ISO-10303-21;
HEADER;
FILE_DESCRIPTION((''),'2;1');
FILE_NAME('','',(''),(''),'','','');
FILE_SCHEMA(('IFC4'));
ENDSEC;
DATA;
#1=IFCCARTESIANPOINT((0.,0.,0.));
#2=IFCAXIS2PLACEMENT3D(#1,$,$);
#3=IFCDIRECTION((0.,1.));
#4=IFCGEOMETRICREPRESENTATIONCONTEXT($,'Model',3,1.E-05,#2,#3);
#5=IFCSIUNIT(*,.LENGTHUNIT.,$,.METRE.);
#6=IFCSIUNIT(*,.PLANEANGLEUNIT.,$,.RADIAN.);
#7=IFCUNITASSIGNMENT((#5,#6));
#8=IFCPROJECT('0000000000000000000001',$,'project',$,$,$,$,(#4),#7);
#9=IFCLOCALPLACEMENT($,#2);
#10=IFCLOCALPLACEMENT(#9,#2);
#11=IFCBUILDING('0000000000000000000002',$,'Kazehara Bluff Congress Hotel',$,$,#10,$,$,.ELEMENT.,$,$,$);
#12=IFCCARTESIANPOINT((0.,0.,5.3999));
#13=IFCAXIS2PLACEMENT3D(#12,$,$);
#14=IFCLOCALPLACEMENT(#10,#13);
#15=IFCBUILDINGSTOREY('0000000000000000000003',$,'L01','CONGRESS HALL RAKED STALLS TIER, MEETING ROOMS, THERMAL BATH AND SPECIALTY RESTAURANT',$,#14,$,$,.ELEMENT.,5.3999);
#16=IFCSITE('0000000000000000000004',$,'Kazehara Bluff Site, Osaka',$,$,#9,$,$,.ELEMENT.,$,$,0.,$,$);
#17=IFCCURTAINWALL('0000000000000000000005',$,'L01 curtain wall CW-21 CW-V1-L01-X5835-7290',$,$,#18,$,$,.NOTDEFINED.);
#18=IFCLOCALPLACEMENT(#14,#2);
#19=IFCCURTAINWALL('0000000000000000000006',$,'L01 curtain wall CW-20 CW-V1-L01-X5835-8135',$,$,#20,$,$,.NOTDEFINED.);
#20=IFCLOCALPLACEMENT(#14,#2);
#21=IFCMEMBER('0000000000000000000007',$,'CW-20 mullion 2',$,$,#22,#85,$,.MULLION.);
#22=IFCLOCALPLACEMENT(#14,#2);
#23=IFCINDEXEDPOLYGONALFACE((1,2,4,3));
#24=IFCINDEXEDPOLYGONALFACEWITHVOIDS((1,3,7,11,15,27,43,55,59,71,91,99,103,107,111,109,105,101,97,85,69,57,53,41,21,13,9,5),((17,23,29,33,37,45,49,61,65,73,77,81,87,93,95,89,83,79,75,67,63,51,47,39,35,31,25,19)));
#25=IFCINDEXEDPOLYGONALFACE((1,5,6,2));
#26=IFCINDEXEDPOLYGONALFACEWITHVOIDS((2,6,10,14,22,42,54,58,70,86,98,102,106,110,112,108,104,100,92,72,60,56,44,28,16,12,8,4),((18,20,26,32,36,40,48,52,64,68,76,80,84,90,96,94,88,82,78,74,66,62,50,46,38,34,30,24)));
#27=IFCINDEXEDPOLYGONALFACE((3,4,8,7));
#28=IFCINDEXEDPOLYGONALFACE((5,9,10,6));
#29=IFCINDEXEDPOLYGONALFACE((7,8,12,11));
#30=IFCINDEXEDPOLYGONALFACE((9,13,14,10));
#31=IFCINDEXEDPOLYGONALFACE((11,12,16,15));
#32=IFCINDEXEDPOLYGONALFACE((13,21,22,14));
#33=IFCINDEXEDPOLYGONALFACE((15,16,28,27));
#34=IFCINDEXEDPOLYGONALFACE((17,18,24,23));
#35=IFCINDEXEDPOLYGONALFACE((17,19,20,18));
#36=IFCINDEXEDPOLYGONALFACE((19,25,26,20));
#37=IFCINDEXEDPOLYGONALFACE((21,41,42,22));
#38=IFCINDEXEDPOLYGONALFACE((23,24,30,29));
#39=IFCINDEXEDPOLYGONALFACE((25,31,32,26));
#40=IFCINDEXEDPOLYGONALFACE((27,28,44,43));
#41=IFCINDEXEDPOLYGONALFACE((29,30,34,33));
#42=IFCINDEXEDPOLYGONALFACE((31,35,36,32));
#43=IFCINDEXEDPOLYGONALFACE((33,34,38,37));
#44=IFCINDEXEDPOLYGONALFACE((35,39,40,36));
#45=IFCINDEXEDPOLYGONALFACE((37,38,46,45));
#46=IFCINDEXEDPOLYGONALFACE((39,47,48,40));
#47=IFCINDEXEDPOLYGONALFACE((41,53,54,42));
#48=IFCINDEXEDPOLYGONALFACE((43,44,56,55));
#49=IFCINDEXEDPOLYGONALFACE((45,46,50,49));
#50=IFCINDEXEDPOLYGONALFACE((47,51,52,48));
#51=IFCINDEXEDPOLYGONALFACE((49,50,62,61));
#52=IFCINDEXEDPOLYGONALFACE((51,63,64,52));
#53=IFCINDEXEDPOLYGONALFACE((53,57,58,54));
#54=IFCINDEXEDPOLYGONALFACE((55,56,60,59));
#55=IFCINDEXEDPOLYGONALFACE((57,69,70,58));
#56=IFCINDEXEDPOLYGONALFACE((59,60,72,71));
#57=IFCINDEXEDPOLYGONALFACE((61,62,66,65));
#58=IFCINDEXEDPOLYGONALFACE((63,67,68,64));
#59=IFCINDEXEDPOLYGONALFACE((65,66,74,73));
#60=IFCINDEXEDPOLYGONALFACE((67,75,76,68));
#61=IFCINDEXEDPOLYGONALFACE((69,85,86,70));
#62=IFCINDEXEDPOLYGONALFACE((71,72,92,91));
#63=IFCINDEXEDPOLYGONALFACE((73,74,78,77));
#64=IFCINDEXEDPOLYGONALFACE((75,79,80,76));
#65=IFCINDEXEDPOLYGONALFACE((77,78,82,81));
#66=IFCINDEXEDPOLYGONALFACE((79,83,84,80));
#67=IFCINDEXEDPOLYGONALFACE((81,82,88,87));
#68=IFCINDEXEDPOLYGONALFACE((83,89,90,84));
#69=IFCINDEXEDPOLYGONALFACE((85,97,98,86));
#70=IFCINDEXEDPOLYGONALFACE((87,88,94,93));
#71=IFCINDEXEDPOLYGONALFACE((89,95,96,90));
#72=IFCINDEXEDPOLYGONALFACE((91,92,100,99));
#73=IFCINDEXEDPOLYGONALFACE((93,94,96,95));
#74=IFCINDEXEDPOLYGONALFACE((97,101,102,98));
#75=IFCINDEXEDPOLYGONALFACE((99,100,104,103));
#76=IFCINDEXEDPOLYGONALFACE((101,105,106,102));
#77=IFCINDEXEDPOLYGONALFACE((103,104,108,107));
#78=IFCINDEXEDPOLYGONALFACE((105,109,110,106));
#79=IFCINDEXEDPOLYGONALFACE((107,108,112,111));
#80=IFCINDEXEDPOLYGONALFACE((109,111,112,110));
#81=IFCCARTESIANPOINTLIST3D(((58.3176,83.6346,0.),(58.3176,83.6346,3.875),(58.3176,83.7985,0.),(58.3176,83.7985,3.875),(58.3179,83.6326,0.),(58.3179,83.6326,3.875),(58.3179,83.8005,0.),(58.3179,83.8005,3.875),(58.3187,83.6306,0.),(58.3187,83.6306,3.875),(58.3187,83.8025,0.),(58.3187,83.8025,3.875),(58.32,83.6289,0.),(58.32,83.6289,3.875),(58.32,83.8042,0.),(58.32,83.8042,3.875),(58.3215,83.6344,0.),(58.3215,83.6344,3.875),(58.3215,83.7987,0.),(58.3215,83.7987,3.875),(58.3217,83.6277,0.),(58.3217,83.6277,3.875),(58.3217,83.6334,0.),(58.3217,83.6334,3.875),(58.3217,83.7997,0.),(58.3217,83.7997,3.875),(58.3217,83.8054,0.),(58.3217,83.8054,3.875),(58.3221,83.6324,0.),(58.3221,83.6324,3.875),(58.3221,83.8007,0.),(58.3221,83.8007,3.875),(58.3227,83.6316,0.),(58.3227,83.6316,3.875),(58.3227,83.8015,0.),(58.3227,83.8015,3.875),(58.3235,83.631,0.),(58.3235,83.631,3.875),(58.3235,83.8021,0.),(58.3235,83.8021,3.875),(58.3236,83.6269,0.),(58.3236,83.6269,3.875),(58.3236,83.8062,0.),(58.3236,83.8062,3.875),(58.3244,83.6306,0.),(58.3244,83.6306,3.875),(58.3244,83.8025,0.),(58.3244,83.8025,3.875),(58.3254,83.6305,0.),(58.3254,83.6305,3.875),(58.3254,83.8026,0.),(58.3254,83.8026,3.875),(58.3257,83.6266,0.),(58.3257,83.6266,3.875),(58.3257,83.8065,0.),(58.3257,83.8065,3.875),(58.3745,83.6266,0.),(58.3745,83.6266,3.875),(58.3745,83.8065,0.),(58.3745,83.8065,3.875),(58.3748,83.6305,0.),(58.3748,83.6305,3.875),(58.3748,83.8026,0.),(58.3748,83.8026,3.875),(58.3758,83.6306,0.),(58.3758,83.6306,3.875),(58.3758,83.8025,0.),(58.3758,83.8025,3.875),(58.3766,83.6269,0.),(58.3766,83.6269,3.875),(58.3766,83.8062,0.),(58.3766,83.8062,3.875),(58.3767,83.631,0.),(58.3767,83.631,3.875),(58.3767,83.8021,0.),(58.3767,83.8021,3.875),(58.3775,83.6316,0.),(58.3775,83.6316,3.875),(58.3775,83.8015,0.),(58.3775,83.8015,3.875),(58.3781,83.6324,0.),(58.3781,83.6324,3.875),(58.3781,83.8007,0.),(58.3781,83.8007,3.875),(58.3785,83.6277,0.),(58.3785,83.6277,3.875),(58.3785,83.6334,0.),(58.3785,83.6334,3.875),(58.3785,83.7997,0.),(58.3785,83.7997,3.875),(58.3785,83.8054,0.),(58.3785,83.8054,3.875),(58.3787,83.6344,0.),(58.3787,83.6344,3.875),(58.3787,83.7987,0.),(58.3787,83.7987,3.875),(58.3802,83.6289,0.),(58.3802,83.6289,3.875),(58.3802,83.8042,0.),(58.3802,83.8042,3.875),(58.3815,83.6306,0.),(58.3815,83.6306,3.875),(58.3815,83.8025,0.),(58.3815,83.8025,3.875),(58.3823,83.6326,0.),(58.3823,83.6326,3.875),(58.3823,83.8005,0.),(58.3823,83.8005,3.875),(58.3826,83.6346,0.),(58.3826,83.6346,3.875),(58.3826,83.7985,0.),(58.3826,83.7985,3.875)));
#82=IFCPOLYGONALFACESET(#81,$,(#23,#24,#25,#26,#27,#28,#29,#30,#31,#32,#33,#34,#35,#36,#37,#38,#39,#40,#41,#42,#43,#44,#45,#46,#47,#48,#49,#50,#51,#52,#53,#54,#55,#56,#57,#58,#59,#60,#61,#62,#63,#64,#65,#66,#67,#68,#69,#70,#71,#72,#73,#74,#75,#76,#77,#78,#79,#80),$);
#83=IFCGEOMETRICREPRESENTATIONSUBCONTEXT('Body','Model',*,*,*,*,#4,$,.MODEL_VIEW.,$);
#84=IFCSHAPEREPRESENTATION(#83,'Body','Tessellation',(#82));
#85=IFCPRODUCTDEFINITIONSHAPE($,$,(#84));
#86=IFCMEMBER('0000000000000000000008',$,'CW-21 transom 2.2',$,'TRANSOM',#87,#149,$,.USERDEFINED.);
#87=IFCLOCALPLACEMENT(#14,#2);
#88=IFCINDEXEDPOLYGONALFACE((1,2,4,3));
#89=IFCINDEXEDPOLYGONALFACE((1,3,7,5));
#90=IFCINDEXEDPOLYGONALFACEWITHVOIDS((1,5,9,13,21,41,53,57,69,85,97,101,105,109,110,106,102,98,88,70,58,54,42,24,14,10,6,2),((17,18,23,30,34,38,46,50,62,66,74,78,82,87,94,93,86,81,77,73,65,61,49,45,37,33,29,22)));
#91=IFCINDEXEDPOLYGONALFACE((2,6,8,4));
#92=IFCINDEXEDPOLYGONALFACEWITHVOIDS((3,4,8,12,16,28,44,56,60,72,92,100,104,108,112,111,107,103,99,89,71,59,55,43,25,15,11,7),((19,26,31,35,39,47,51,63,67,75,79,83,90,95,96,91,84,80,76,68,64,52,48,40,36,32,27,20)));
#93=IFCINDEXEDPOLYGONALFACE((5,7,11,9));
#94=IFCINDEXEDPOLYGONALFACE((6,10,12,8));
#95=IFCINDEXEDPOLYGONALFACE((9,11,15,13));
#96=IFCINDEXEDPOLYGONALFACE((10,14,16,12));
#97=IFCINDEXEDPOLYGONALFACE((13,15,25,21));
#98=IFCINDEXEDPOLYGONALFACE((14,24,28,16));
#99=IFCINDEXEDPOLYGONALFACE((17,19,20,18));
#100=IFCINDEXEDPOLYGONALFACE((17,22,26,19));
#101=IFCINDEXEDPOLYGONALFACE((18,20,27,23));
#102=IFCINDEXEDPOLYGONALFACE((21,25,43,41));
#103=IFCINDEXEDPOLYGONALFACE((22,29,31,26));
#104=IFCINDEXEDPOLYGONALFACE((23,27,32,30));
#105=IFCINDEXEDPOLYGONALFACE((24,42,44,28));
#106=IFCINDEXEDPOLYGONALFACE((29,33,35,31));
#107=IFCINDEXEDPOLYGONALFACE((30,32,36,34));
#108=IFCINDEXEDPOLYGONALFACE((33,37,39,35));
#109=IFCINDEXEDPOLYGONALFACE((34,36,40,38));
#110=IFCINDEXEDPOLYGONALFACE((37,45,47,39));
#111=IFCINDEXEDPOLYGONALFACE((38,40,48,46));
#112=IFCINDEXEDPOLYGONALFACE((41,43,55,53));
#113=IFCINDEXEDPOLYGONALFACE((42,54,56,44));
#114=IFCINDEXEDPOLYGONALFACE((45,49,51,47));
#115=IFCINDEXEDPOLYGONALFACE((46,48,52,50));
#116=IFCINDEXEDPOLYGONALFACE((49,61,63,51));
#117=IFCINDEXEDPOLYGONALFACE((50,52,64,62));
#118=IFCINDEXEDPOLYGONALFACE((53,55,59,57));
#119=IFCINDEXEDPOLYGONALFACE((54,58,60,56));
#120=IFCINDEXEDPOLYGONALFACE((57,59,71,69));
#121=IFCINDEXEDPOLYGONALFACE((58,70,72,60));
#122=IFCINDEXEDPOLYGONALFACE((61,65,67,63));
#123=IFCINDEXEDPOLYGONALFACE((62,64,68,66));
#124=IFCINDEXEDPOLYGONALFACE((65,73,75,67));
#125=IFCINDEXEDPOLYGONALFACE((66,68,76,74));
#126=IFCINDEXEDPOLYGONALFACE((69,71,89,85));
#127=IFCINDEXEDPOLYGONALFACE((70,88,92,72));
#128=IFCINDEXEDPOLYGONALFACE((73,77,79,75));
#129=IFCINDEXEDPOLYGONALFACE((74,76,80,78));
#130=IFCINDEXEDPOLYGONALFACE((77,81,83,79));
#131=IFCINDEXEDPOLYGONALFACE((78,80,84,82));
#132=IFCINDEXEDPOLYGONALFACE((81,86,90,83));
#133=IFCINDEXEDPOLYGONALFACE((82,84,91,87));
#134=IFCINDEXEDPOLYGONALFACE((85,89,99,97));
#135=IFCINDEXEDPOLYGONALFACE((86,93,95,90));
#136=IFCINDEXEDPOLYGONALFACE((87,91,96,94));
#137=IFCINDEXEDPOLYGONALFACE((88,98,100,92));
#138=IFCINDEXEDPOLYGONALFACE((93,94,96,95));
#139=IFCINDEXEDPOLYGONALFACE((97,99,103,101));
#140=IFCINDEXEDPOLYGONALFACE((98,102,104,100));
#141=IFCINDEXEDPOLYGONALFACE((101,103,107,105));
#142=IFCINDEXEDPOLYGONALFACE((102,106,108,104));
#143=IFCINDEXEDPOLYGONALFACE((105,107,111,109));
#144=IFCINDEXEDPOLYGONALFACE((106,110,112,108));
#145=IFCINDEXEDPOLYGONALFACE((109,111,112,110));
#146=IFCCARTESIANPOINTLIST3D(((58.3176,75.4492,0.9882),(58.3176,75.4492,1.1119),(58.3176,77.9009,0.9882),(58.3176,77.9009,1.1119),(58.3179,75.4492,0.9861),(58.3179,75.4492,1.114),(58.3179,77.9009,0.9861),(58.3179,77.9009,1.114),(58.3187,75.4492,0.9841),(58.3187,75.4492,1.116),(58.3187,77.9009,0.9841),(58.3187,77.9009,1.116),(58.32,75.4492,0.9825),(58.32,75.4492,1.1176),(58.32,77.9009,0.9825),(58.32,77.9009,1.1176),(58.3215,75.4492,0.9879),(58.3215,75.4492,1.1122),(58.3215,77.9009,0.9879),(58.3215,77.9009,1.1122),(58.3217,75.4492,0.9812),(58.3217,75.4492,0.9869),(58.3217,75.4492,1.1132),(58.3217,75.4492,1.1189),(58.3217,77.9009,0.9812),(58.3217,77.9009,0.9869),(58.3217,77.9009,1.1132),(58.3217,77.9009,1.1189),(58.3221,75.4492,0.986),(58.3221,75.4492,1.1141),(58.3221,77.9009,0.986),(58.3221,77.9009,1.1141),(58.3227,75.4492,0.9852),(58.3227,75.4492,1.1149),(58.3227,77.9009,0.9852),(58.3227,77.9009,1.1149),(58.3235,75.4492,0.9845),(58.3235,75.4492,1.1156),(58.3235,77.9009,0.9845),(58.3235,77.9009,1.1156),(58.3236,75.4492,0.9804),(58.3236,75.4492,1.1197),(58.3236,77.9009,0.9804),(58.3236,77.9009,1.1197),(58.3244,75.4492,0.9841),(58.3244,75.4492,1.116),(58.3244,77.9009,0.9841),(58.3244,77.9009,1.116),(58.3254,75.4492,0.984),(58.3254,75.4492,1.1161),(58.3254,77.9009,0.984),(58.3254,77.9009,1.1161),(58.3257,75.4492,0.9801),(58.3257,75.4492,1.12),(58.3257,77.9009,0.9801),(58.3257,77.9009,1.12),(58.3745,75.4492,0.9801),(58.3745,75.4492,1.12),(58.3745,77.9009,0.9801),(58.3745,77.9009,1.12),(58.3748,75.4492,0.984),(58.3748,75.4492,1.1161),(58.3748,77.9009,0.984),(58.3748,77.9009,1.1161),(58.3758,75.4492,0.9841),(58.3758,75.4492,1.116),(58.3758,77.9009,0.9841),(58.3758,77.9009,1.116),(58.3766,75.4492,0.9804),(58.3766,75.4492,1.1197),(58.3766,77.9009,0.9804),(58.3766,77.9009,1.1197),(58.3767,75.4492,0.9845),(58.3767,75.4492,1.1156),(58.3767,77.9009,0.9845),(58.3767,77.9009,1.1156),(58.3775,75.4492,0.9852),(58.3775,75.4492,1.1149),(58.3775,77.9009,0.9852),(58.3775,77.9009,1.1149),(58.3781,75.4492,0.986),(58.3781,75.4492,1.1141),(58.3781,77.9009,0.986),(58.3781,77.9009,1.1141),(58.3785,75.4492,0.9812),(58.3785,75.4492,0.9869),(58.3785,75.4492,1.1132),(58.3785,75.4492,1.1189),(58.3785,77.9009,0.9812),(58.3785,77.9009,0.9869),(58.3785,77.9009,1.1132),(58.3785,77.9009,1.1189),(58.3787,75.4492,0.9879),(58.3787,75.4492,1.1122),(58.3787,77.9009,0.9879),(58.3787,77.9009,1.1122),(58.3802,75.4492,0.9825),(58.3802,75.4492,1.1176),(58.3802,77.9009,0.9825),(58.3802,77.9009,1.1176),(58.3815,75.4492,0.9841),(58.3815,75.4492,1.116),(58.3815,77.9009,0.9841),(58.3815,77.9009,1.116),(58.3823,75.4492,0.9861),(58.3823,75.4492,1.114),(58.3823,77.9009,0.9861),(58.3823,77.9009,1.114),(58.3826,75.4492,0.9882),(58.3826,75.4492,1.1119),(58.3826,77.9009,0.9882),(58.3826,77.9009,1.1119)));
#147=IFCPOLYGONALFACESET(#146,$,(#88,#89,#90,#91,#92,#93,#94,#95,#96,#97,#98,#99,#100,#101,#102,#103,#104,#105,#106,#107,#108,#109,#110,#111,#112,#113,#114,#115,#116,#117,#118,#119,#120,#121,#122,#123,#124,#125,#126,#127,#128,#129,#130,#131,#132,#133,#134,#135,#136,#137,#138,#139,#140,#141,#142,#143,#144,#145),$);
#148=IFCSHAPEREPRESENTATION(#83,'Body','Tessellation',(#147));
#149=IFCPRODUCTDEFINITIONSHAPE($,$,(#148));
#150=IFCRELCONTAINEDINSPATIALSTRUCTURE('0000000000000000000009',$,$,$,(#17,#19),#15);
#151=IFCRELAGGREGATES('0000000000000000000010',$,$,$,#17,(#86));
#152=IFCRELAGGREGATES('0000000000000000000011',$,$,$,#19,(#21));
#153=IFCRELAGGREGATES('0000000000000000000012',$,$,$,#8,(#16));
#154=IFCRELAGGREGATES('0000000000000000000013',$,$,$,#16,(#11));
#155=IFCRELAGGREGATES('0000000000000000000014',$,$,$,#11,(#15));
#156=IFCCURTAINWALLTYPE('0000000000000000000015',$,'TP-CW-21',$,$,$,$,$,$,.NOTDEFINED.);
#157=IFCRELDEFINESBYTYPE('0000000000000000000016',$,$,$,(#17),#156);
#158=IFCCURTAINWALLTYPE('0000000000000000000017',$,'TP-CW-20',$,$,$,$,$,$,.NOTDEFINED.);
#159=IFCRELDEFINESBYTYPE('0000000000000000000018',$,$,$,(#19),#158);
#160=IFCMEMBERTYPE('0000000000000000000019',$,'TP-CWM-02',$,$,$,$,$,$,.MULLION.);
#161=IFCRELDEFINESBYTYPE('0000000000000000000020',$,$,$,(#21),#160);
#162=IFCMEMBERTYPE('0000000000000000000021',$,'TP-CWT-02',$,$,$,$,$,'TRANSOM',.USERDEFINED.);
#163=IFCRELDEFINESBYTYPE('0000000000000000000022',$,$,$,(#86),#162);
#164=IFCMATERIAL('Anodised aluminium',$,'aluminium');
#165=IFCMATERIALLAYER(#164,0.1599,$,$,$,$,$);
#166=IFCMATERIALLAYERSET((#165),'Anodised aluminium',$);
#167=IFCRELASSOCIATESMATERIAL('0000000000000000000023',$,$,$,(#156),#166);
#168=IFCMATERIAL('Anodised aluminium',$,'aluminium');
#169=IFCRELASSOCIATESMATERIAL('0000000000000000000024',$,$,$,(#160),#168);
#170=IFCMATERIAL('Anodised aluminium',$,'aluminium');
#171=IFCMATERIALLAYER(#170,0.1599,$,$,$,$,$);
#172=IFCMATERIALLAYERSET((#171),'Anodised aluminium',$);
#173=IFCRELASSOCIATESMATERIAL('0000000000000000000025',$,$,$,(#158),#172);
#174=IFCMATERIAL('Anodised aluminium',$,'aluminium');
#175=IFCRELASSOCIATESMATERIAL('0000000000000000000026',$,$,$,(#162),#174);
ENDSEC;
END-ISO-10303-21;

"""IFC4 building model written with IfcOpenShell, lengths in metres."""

from ifc_helpers import new_model, si_unit, direction, frame, origin, origin_2d, place, context, subcontext, project, spatial, hollow_rectangle, extrude, material, layer, layer_set, material_profile, profile_set, type_object, element, aggregate, save


model = new_model("IFC4")

# Units and contexts
model_context = context("Model", 3, precision=1e-05, world=origin(), true_north=direction((0.0, 1.0)))
body_context = subcontext(model_context, "Body", "Model", "MODEL_VIEW")
ifc_project = project(units=[si_unit("LENGTHUNIT", "METRE"), si_unit("PLANEANGLEUNIT", "RADIAN")], contexts=[model_context])

# Site, building, storey
site_placement = place(None, origin())
site = spatial("IfcSite", under=ifc_project, at=site_placement, Name="Kazehara Bluff Site, Osaka", CompositionType="ELEMENT", RefElevation=0.0)
building_placement = place(site_placement, origin())
building = spatial("IfcBuilding", under=site, at=building_placement, Name="Kazehara Bluff Congress Hotel", CompositionType="ELEMENT")
storey_placement = place(building_placement, frame((0.0, 0.0, 5.3999)))
storey = spatial("IfcBuildingStorey", under=building, at=storey_placement, Name="L01", Description="CONGRESS HALL RAKED STALLS TIER, MEETING ROOMS, THERMAL BATH AND SPECIALTY RESTAURANT", CompositionType="ELEMENT", Elevation=5.3999)

# Curtain walls, member
ifc_material_1 = material(Name="Anodised aluminium", Category="aluminium")
ifc_layer_1 = layer(ifc_material_1, 0.1599)
ifc_layer_set_1 = layer_set([ifc_layer_1], Name="Anodised aluminium")
curtain_wall_type_1 = type_object("IfcCurtainWallType", Name="TP-CW-21", PredefinedType="NOTDEFINED", material=ifc_layer_set_1)
curtain_wall_1_placement = place(storey_placement, origin())
curtain_wall_1 = element("IfcCurtainWall", 1, at=curtain_wall_1_placement, inside=storey, type_object=curtain_wall_type_1, Name="L01 curtain wall CW-21 CW-V1-L01-X5835-7290", PredefinedType="NOTDEFINED")
ifc_material_2 = material(Name="Anodised aluminium", Category="aluminium")
ifc_material_profile_1 = material_profile(ifc_material_2, hollow_rectangle(XDim=0.0649, YDim=0.1799, WallThickness=0.0039, InnerFilletRadius=0.0039, OuterFilletRadius=0.0081, at=origin_2d()))
ifc_profile_set_1 = profile_set([ifc_material_profile_1], Name="Anodised aluminium")
member_type_1 = type_object("IfcMemberType", Name="TP-CWM-02", PredefinedType="MULLION", material=ifc_profile_set_1)
ifc_material_3 = material(Name="Anodised aluminium", Category="aluminium")
ifc_layer_2 = layer(ifc_material_3, 0.1599)
ifc_layer_set_2 = layer_set([ifc_layer_2], Name="Anodised aluminium")
curtain_wall_type_2 = type_object("IfcCurtainWallType", Name="TP-CW-20", PredefinedType="NOTDEFINED", material=ifc_layer_set_2)
curtain_wall_2_placement = place(storey_placement, origin())
curtain_wall_2 = element("IfcCurtainWall", 2, at=curtain_wall_2_placement, inside=storey, type_object=curtain_wall_type_2, Name="L01 curtain wall CW-20 CW-V1-L01-X5835-8135", PredefinedType="NOTDEFINED")
member_1_placement = place(storey_placement, frame((58.3501, 83.7166, 0.0), z_axis=(0.0, 0.0, 1.0), x_axis=(-1.0, 0.0, 0.0)))
member_1 = element("IfcMember", 3, at=member_1_placement, type_object=member_type_1, Name="CW-20 mullion 2", PredefinedType="MULLION", context=body_context, shape_type="SweptSolid", body=[
    extrude(hollow_rectangle(XDim=0.0649, YDim=0.1799, WallThickness=0.0039, InnerFilletRadius=0.0039, OuterFilletRadius=0.0081, at=origin_2d()), origin(), (0.0, 0.0, 1.0), 3.875),
])

# Member
ifc_material_4 = material(Name="Anodised aluminium", Category="aluminium")
ifc_material_profile_2 = material_profile(ifc_material_4, hollow_rectangle(XDim=0.0649, YDim=0.1399, WallThickness=0.0039, InnerFilletRadius=0.0039, OuterFilletRadius=0.0081, at=origin_2d()))
ifc_profile_set_2 = profile_set([ifc_material_profile_2], Name="Anodised aluminium")
member_type_2 = type_object("IfcMemberType", Name="TP-CWT-02", ElementType="TRANSOM", PredefinedType="USERDEFINED", material=ifc_profile_set_2)
member_2_placement = place(storey_placement, frame((58.3501, 75.4492, 1.05), z_axis=(0.0, 1.0, 0.0), x_axis=(-1.0, 0.0, 0.0)))
member_2 = element("IfcMember", 4, at=member_2_placement, type_object=member_type_2, Name="CW-21 transom 2.2", ObjectType="TRANSOM", PredefinedType="USERDEFINED", context=body_context, shape_type="SweptSolid", body=[
    extrude(hollow_rectangle(XDim=0.0649, YDim=0.1399, WallThickness=0.0039, InnerFilletRadius=0.0039, OuterFilletRadius=0.0081, at=origin_2d()), origin(), (0.0, 0.0, 1.0), 2.4517),
])

aggregate(curtain_wall_1, [member_2])
aggregate(curtain_wall_2, [member_1])

save(model, "model.ifc")
